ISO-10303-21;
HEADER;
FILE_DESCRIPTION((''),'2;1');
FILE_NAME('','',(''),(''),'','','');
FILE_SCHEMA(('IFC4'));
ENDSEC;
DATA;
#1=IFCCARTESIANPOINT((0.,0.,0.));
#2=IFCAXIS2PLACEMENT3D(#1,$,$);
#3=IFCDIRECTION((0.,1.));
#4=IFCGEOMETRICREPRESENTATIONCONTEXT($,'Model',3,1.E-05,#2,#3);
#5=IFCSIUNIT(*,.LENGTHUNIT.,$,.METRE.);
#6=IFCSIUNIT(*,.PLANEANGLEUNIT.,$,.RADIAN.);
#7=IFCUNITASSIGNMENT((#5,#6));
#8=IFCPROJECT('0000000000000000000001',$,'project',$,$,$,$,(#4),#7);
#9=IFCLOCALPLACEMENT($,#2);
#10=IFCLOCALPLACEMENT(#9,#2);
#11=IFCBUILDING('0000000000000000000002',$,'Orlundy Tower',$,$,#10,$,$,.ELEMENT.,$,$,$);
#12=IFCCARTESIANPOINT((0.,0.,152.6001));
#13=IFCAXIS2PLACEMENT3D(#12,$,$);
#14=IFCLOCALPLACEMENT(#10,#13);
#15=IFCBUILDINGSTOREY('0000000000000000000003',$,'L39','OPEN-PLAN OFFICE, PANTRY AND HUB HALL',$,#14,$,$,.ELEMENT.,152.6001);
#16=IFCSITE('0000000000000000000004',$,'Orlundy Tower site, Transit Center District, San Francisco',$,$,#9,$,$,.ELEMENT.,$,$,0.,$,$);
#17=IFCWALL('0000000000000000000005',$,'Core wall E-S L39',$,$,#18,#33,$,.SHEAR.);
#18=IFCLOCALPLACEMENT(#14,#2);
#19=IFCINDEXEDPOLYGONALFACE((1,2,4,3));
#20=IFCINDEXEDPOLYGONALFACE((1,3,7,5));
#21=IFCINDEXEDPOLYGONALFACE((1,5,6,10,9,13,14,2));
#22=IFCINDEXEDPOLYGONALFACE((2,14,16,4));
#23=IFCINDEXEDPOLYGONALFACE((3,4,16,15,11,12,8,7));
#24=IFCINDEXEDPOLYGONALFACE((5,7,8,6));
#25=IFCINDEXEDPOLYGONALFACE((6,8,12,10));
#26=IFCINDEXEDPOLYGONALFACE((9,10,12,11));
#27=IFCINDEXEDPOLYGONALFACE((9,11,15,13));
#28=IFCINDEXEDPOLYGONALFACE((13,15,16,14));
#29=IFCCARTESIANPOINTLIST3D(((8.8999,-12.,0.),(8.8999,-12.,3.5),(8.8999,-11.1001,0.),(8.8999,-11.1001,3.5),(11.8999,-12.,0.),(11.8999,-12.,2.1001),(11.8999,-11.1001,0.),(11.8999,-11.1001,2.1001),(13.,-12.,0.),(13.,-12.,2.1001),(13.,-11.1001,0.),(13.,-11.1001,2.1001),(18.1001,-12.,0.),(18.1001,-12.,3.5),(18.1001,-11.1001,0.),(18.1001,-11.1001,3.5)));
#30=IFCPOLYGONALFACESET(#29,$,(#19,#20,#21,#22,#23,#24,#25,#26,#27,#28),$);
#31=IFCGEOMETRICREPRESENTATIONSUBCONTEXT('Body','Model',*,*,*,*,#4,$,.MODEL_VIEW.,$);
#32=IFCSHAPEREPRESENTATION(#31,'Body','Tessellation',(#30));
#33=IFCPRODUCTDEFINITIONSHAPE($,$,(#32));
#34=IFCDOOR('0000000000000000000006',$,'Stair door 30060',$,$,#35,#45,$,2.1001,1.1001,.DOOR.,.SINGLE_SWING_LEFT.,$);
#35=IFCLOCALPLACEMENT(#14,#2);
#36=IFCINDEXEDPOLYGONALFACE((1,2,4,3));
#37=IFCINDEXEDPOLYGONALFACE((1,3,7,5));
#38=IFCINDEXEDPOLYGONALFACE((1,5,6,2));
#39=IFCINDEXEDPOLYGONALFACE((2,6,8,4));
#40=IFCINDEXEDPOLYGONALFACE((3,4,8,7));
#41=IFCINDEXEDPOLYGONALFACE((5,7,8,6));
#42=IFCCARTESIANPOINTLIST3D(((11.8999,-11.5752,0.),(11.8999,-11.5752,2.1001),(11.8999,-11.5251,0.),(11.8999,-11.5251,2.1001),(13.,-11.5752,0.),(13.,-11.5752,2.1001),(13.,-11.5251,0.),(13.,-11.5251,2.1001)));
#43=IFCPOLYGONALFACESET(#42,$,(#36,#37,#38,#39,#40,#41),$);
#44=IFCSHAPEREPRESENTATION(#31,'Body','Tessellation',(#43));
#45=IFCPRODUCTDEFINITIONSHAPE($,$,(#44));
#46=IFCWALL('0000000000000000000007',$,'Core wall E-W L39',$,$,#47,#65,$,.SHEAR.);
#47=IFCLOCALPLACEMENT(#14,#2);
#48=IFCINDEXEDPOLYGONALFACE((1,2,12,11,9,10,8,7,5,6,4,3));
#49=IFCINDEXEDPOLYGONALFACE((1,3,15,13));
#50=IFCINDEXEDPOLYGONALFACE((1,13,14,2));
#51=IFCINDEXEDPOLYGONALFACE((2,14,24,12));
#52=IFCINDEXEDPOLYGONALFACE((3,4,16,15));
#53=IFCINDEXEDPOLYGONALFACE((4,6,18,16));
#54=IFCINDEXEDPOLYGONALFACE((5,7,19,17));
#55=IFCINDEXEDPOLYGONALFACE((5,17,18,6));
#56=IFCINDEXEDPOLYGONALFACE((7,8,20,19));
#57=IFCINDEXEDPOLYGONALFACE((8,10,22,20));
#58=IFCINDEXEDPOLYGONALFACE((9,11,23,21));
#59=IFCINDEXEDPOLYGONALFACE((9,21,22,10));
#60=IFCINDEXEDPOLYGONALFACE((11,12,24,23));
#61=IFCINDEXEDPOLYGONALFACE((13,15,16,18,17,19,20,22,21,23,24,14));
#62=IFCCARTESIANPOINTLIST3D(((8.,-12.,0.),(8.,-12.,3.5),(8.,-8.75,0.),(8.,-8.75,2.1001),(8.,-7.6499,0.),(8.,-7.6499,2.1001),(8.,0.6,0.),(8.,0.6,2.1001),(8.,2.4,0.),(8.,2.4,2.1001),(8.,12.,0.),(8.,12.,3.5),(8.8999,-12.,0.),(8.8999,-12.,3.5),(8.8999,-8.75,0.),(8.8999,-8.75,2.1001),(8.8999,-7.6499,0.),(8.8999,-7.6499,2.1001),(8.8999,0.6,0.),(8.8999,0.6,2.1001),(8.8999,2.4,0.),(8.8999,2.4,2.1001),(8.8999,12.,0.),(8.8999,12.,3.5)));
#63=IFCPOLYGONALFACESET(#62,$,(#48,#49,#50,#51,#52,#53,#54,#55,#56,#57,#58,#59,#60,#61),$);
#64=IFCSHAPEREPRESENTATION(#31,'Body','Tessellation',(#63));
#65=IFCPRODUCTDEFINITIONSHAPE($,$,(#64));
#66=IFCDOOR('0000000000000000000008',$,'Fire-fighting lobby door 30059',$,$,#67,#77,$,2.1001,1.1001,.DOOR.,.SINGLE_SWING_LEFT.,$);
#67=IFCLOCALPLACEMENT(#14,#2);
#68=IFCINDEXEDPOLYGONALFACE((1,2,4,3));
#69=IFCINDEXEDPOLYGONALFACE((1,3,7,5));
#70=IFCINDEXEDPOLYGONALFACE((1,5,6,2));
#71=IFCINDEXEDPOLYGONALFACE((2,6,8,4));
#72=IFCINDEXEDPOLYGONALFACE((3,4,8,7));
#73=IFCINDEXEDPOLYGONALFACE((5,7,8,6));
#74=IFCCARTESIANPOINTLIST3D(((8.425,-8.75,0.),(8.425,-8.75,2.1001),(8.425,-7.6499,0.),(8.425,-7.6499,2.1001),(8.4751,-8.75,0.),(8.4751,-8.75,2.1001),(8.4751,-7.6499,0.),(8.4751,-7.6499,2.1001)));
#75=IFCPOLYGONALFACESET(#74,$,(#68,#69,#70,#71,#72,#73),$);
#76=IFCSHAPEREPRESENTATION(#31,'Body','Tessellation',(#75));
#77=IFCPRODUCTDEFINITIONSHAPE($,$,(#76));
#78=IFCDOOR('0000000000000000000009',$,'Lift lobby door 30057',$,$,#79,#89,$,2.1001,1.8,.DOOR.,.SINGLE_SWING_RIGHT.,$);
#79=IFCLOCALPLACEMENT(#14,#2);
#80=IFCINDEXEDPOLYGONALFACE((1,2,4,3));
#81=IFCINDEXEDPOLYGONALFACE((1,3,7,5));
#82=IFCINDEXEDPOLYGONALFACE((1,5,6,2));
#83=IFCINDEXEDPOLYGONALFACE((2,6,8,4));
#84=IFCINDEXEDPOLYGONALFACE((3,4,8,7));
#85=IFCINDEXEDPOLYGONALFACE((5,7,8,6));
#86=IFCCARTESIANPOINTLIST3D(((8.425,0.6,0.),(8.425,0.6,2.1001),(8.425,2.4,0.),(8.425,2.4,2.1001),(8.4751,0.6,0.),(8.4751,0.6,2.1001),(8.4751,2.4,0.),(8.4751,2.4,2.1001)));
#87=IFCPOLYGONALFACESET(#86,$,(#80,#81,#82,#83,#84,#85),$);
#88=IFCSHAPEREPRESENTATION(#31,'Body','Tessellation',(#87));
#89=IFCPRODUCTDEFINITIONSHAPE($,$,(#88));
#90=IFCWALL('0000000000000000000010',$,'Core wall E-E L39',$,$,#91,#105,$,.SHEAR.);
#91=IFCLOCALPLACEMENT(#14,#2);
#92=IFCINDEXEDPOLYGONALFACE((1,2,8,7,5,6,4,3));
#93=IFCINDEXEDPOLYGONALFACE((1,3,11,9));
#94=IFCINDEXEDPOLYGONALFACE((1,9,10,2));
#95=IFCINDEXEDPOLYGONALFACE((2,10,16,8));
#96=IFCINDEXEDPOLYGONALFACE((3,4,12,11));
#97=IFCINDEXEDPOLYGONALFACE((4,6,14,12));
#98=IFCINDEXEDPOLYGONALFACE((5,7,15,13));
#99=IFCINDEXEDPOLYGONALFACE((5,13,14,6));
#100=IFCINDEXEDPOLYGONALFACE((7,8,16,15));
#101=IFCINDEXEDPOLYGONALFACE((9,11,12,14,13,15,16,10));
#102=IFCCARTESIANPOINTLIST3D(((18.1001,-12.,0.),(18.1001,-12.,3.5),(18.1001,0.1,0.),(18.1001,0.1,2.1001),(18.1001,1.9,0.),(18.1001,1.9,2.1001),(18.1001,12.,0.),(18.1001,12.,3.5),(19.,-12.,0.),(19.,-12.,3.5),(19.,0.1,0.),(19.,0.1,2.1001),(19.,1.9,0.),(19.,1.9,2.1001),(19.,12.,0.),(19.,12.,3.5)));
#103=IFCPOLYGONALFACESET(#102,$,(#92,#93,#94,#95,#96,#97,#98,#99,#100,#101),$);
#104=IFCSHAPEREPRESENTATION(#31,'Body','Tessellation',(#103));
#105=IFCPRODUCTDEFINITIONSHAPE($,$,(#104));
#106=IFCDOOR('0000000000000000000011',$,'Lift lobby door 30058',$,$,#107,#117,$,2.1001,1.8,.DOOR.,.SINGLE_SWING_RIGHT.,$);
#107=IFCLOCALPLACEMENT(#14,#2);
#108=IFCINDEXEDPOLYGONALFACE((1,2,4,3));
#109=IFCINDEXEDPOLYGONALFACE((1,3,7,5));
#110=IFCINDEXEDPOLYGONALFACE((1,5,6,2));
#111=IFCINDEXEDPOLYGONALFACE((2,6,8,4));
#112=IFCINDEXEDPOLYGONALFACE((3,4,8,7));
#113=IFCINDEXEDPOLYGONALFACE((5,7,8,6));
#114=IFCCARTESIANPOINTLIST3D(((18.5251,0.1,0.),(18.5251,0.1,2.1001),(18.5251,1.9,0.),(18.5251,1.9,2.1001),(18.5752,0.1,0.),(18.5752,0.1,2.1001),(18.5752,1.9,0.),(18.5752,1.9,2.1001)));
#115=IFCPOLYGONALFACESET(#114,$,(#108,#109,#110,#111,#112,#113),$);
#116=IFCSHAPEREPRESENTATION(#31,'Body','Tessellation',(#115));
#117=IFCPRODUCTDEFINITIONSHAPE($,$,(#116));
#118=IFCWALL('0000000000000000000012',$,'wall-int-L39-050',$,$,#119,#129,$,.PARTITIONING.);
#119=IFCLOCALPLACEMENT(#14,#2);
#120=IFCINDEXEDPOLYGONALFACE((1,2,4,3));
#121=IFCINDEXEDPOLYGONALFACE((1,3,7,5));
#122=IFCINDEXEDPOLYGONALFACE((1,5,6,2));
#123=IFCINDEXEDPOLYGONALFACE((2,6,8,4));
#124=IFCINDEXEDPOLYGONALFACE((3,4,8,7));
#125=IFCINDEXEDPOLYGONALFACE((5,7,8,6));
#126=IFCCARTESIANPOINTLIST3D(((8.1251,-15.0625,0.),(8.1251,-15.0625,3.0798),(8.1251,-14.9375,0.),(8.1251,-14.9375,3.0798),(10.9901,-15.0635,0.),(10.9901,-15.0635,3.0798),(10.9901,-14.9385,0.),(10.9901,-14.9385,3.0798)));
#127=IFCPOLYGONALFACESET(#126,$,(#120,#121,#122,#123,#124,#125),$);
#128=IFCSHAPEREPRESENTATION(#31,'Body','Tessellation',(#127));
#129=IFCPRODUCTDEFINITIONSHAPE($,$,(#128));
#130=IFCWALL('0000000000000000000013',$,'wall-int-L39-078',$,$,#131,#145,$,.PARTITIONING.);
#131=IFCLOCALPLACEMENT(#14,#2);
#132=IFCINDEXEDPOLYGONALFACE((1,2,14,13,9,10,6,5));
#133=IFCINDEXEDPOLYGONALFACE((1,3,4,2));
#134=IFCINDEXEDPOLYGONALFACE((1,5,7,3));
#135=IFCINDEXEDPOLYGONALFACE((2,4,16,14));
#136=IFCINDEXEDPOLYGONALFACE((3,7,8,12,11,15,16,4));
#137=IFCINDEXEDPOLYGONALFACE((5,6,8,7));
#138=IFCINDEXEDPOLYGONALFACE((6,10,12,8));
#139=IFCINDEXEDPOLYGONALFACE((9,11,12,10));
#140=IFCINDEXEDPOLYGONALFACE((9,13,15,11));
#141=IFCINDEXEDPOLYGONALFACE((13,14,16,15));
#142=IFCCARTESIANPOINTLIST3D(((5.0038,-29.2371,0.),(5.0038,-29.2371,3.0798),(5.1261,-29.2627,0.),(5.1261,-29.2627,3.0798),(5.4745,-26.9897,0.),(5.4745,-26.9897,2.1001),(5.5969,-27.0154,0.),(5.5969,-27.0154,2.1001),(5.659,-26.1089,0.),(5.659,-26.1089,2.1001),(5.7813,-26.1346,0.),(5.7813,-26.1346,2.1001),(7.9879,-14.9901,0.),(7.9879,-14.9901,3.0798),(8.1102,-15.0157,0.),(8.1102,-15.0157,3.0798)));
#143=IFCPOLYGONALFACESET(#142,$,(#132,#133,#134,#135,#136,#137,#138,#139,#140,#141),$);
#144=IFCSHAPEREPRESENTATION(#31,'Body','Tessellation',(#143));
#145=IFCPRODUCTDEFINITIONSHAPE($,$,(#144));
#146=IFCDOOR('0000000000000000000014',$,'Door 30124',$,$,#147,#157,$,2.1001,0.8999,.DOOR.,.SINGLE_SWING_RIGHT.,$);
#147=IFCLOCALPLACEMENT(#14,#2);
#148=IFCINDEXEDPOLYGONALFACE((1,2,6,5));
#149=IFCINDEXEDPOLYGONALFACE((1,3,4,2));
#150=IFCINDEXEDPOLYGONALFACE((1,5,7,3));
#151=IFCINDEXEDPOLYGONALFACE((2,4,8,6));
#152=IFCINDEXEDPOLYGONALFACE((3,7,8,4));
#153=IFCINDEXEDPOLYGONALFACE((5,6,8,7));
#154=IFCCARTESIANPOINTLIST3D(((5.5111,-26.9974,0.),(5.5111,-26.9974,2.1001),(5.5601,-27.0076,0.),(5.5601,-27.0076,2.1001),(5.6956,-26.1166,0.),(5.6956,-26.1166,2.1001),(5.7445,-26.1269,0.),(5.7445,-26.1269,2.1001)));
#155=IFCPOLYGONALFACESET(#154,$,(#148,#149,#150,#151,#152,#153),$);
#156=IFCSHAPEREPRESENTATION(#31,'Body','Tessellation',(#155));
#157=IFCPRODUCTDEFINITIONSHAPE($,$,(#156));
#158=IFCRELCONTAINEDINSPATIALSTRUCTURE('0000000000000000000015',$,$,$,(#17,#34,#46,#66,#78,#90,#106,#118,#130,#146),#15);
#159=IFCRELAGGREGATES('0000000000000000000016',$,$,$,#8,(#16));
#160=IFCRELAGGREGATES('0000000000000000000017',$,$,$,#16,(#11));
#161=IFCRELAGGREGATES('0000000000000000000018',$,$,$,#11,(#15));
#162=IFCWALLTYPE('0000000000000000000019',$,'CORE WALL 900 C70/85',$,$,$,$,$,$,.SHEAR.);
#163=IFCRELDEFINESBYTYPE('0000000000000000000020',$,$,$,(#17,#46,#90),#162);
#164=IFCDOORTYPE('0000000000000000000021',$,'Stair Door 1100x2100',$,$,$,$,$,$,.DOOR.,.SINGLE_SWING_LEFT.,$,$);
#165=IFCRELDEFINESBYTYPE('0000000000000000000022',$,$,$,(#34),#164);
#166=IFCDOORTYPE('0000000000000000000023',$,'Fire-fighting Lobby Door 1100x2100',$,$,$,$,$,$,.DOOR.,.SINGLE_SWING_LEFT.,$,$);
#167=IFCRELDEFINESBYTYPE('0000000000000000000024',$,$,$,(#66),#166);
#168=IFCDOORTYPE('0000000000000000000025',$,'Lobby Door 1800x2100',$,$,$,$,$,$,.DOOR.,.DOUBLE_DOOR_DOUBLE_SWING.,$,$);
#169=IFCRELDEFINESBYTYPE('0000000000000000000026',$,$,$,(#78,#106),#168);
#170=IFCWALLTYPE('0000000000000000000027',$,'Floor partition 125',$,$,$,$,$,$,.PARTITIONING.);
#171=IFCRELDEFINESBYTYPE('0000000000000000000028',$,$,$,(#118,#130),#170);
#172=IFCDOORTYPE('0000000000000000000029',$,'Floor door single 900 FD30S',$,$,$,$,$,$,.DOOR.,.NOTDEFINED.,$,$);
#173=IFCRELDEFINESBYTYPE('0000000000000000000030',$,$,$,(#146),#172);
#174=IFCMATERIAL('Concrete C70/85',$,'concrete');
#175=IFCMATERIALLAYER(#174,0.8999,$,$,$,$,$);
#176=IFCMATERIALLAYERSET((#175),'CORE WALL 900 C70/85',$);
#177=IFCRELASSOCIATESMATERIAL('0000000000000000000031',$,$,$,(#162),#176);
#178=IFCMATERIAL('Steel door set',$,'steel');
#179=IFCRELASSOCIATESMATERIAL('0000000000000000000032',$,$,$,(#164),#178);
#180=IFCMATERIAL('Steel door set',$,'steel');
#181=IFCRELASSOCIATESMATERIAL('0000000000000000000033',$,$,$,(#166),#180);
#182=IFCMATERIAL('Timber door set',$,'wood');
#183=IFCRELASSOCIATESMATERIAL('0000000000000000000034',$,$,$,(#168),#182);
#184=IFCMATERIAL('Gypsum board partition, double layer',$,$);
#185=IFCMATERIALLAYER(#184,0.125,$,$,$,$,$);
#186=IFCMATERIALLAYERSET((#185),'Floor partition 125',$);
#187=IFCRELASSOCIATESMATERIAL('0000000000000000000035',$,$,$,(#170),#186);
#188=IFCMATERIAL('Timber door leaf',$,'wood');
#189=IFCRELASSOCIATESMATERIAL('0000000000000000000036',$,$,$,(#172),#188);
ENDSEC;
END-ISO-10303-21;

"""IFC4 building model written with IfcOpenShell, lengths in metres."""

from ifc_helpers import new_model, si_unit, direction, frame, frame_2d, origin, place, context, subcontext, project, spatial, rectangle, extrude, material, layer, layer_set, type_object, element, fill, save


model = new_model("IFC4")

# Units and contexts
model_context = context("Model", 3, precision=1e-05, world=origin(), true_north=direction((0.0, 1.0)))
body_context = subcontext(model_context, "Body", "Model", "MODEL_VIEW")
ifc_project = project(units=[si_unit("LENGTHUNIT", "METRE"), si_unit("PLANEANGLEUNIT", "RADIAN")], contexts=[model_context])

# Site, building, storey
site_placement = place(None, origin())
site = spatial("IfcSite", under=ifc_project, at=site_placement, Name="Orlundy Tower site, Transit Center District, San Francisco", CompositionType="ELEMENT", RefElevation=0.0)
building_placement = place(site_placement, origin())
building = spatial("IfcBuilding", under=site, at=building_placement, Name="Orlundy Tower", CompositionType="ELEMENT")
storey_placement = place(building_placement, frame((0.0, 0.0, 152.6001)))
storey = spatial("IfcBuildingStorey", under=building, at=storey_placement, Name="L39", Description="OPEN-PLAN OFFICE, PANTRY AND HUB HALL", CompositionType="ELEMENT", Elevation=152.6001)

# Wall, opening, door
ifc_material_1 = material(Name="Concrete C70/85", Category="concrete")
ifc_layer_1 = layer(ifc_material_1, 0.8999)
ifc_layer_set_1 = layer_set([ifc_layer_1], Name="CORE WALL 900 C70/85")
wall_type_1 = type_object("IfcWallType", Name="CORE WALL 900 C70/85", PredefinedType="SHEAR", material=ifc_layer_set_1)
wall_1_placement = place(storey_placement, frame((8.8999, -11.55, 0.0), z_axis=(0.0, 0.0, 1.0), x_axis=(1.0, 0.0, 0.0)))
wall_1 = element("IfcWall", 1, at=wall_1_placement, inside=storey, type_object=wall_type_1, Name="Core wall E-S L39", PredefinedType="SHEAR", context=body_context, shape_type="SweptSolid", body=[
    extrude(rectangle(XDim=9.2002, YDim=0.8999, at=frame_2d((4.6001, 0.0))), origin(), (0.0, 0.0, 1.0), 3.5),
])
opening_1_placement = place(wall_1_placement, frame((3.0, 0.0, 0.0)))
opening_1 = element("IfcOpeningElement", 2, at=opening_1_placement, cuts=wall_1, PredefinedType="OPENING", context=body_context, shape_type="SweptSolid", body=[
    extrude(rectangle(XDim=1.1001, YDim=2.1001, at=frame_2d((0.55, 1.05))), frame((0.0, 0.46, 0.0), z_axis=(0.0, -1.0, 0.0), x_axis=(1.0, 0.0, 0.0)), (0.0, 0.0, 1.0), 0.9199),
])
ifc_material_2 = material(Name="Steel door set", Category="steel")
door_type_1 = type_object("IfcDoorType", Name="Stair Door 1100x2100", OperationType="SINGLE_SWING_LEFT", PredefinedType="DOOR", material=ifc_material_2)
door_1_placement = place(opening_1_placement, origin())
door_1 = element("IfcDoor", 3, at=door_1_placement, inside=storey, type_object=door_type_1, Name="Stair door 30060", OperationType="SINGLE_SWING_LEFT", OverallHeight=2.1001, OverallWidth=1.1001, PredefinedType="DOOR", context=body_context, shape_type="SweptSolid", body=[
    extrude(rectangle(XDim=1.1001, YDim=2.1001, at=frame_2d((0.55, 1.05))), frame((0.0, 0.0249, 0.0), z_axis=(0.0, -1.0, 0.0), x_axis=(1.0, 0.0, 0.0)), (0.0, 0.0, 1.0), 0.05),
])
fill(opening_1, door_1)

# Wall, openings, doors
wall_2_placement = place(storey_placement, frame((8.45, -12.0, 0.0), z_axis=(0.0, 0.0, 1.0), x_axis=(0.0, 1.0, 0.0)))
wall_2 = element("IfcWall", 4, at=wall_2_placement, inside=storey, type_object=wall_type_1, Name="Core wall E-W L39", PredefinedType="SHEAR", context=body_context, shape_type="SweptSolid", body=[
    extrude(rectangle(XDim=24.0, YDim=0.8999, at=frame_2d((12.0, 0.0))), origin(), (0.0, 0.0, 1.0), 3.5),
])
opening_2_placement = place(wall_2_placement, frame((12.6001, 0.0, 0.0)))
opening_2 = element("IfcOpeningElement", 5, at=opening_2_placement, cuts=wall_2, PredefinedType="OPENING", context=body_context, shape_type="SweptSolid", body=[
    extrude(rectangle(XDim=1.8, YDim=2.1001, at=frame_2d((0.8999, 1.05))), frame((0.0, 0.46, 0.0), z_axis=(0.0, -1.0, 0.0), x_axis=(1.0, 0.0, 0.0)), (0.0, 0.0, 1.0), 0.9199),
])
opening_3_placement = place(wall_2_placement, frame((3.25, 0.0, 0.0)))
opening_3 = element("IfcOpeningElement", 6, at=opening_3_placement, cuts=wall_2, PredefinedType="OPENING", context=body_context, shape_type="SweptSolid", body=[
    extrude(rectangle(XDim=1.1001, YDim=2.1001, at=frame_2d((0.55, 1.05))), frame((0.0, 0.46, 0.0), z_axis=(0.0, -1.0, 0.0), x_axis=(1.0, 0.0, 0.0)), (0.0, 0.0, 1.0), 0.9199),
])
ifc_material_3 = material(Name="Steel door set", Category="steel")
door_type_2 = type_object("IfcDoorType", Name="Fire-fighting Lobby Door 1100x2100", OperationType="SINGLE_SWING_LEFT", PredefinedType="DOOR", material=ifc_material_3)
door_2_placement = place(opening_3_placement, origin())
door_2 = element("IfcDoor", 7, at=door_2_placement, inside=storey, type_object=door_type_2, Name="Fire-fighting lobby door 30059", OperationType="SINGLE_SWING_LEFT", OverallHeight=2.1001, OverallWidth=1.1001, PredefinedType="DOOR", context=body_context, shape_type="SweptSolid", body=[
    extrude(rectangle(XDim=1.1001, YDim=2.1001, at=frame_2d((0.55, 1.05))), frame((0.0, 0.0249, 0.0), z_axis=(0.0, -1.0, 0.0), x_axis=(1.0, 0.0, 0.0)), (0.0, 0.0, 1.0), 0.05),
])
fill(opening_3, door_2)
ifc_material_4 = material(Name="Timber door set", Category="wood")
door_type_3 = type_object("IfcDoorType", Name="Lobby Door 1800x2100", OperationType="DOUBLE_DOOR_DOUBLE_SWING", PredefinedType="DOOR", material=ifc_material_4)
door_3_placement = place(opening_2_placement, origin())
door_3 = element("IfcDoor", 8, at=door_3_placement, inside=storey, type_object=door_type_3, Name="Lift lobby door 30057", OperationType="SINGLE_SWING_RIGHT", OverallHeight=2.1001, OverallWidth=1.8, PredefinedType="DOOR", context=body_context, shape_type="SweptSolid", body=[
    extrude(rectangle(XDim=1.8, YDim=2.1001, at=frame_2d((0.8999, 1.05))), frame((0.0, 0.0249, 0.0), z_axis=(0.0, -1.0, 0.0), x_axis=(1.0, 0.0, 0.0)), (0.0, 0.0, 1.0), 0.05),
])
fill(opening_2, door_3)

# Wall, opening, door
wall_3_placement = place(storey_placement, frame((18.55, -12.0, 0.0), z_axis=(0.0, 0.0, 1.0), x_axis=(0.0, 1.0, 0.0)))
wall_3 = element("IfcWall", 9, at=wall_3_placement, inside=storey, type_object=wall_type_1, Name="Core wall E-E L39", PredefinedType="SHEAR", context=body_context, shape_type="SweptSolid", body=[
    extrude(rectangle(XDim=24.0, YDim=0.8999, at=frame_2d((12.0, 0.0))), origin(), (0.0, 0.0, 1.0), 3.5),
])
opening_4_placement = place(wall_3_placement, frame((12.1001, 0.0, 0.0)))
opening_4 = element("IfcOpeningElement", 10, at=opening_4_placement, cuts=wall_3, PredefinedType="OPENING", context=body_context, shape_type="SweptSolid", body=[
    extrude(rectangle(XDim=1.8, YDim=2.1001, at=frame_2d((0.8999, 1.05))), frame((0.0, 0.46, 0.0), z_axis=(0.0, -1.0, 0.0), x_axis=(1.0, 0.0, 0.0)), (0.0, 0.0, 1.0), 0.9199),
])
door_4_placement = place(opening_4_placement, origin())
door_4 = element("IfcDoor", 11, at=door_4_placement, inside=storey, type_object=door_type_3, Name="Lift lobby door 30058", OperationType="SINGLE_SWING_RIGHT", OverallHeight=2.1001, OverallWidth=1.8, PredefinedType="DOOR", context=body_context, shape_type="SweptSolid", body=[
    extrude(rectangle(XDim=1.8, YDim=2.1001, at=frame_2d((0.8999, 1.05))), frame((0.0, 0.0249, 0.0), z_axis=(0.0, -1.0, 0.0), x_axis=(1.0, 0.0, 0.0)), (0.0, 0.0, 1.0), 0.05),
])
fill(opening_4, door_4)

# Wall
ifc_material_5 = material(Name="Gypsum board partition, double layer")
ifc_layer_2 = layer(ifc_material_5, 0.125)
ifc_layer_set_2 = layer_set([ifc_layer_2], Name="Floor partition 125")
wall_type_2 = type_object("IfcWallType", Name="Floor partition 125", PredefinedType="PARTITIONING", material=ifc_layer_set_2)
wall_4_placement = place(storey_placement, frame((8.125, -15.0, 0.0), z_axis=(0.0, 0.0, 1.0), x_axis=(1.0, -0.000341, 0.0)))
element("IfcWall", 12, at=wall_4_placement, inside=storey, type_object=wall_type_2, Name="wall-int-L39-050", PredefinedType="PARTITIONING", context=body_context, shape_type="SweptSolid", body=[
    extrude(rectangle(XDim=2.865, YDim=0.125, at=frame_2d((1.4326, 0.0))), origin(), (0.0, 0.0, 1.0), 3.0798),
])

# Wall, opening, door
wall_5_placement = place(storey_placement, frame((8.0491, -15.0029, 0.0), z_axis=(0.0, 0.0, 1.0), x_axis=(-0.205007, -0.978761, 0.0)))
wall_5 = element("IfcWall", 13, at=wall_5_placement, inside=storey, type_object=wall_type_2, Name="wall-int-L39-078", PredefinedType="PARTITIONING", context=body_context, shape_type="SweptSolid", body=[
    extrude(rectangle(XDim=14.5562, YDim=0.125, at=frame_2d((7.2781, 0.0))), origin(), (0.0, 0.0, 1.0), 3.0798),
])
opening_5_placement = place(wall_5_placement, frame((11.3601, 0.0, 0.0)))
opening_5 = element("IfcOpeningElement", 14, at=opening_5_placement, cuts=wall_5, PredefinedType="OPENING", context=body_context, shape_type="SweptSolid", body=[
    extrude(rectangle(XDim=0.8999, YDim=2.1001, at=frame_2d((0.45, 1.05))), frame((0.0, 0.0725, 0.0), z_axis=(0.0, -1.0, 0.0), x_axis=(1.0, 0.0, 0.0)), (0.0, 0.0, 1.0), 0.145),
])
ifc_material_6 = material(Name="Timber door leaf", Category="wood")
door_type_4 = type_object("IfcDoorType", Name="Floor door single 900 FD30S", OperationType="NOTDEFINED", PredefinedType="DOOR", material=ifc_material_6)
door_5_placement = place(opening_5_placement, origin())
door_5 = element("IfcDoor", 15, at=door_5_placement, inside=storey, type_object=door_type_4, Name="Door 30124", OperationType="SINGLE_SWING_RIGHT", OverallHeight=2.1001, OverallWidth=0.8999, PredefinedType="DOOR", context=body_context, shape_type="SweptSolid", body=[
    extrude(rectangle(XDim=0.8999, YDim=2.1001, at=frame_2d((0.45, 1.05))), frame((0.0, 0.0249, 0.0), z_axis=(0.0, -1.0, 0.0), x_axis=(1.0, 0.0, 0.0)), (0.0, 0.0, 1.0), 0.05),
])
fill(opening_5, door_5)

save(model, "model.ifc")
